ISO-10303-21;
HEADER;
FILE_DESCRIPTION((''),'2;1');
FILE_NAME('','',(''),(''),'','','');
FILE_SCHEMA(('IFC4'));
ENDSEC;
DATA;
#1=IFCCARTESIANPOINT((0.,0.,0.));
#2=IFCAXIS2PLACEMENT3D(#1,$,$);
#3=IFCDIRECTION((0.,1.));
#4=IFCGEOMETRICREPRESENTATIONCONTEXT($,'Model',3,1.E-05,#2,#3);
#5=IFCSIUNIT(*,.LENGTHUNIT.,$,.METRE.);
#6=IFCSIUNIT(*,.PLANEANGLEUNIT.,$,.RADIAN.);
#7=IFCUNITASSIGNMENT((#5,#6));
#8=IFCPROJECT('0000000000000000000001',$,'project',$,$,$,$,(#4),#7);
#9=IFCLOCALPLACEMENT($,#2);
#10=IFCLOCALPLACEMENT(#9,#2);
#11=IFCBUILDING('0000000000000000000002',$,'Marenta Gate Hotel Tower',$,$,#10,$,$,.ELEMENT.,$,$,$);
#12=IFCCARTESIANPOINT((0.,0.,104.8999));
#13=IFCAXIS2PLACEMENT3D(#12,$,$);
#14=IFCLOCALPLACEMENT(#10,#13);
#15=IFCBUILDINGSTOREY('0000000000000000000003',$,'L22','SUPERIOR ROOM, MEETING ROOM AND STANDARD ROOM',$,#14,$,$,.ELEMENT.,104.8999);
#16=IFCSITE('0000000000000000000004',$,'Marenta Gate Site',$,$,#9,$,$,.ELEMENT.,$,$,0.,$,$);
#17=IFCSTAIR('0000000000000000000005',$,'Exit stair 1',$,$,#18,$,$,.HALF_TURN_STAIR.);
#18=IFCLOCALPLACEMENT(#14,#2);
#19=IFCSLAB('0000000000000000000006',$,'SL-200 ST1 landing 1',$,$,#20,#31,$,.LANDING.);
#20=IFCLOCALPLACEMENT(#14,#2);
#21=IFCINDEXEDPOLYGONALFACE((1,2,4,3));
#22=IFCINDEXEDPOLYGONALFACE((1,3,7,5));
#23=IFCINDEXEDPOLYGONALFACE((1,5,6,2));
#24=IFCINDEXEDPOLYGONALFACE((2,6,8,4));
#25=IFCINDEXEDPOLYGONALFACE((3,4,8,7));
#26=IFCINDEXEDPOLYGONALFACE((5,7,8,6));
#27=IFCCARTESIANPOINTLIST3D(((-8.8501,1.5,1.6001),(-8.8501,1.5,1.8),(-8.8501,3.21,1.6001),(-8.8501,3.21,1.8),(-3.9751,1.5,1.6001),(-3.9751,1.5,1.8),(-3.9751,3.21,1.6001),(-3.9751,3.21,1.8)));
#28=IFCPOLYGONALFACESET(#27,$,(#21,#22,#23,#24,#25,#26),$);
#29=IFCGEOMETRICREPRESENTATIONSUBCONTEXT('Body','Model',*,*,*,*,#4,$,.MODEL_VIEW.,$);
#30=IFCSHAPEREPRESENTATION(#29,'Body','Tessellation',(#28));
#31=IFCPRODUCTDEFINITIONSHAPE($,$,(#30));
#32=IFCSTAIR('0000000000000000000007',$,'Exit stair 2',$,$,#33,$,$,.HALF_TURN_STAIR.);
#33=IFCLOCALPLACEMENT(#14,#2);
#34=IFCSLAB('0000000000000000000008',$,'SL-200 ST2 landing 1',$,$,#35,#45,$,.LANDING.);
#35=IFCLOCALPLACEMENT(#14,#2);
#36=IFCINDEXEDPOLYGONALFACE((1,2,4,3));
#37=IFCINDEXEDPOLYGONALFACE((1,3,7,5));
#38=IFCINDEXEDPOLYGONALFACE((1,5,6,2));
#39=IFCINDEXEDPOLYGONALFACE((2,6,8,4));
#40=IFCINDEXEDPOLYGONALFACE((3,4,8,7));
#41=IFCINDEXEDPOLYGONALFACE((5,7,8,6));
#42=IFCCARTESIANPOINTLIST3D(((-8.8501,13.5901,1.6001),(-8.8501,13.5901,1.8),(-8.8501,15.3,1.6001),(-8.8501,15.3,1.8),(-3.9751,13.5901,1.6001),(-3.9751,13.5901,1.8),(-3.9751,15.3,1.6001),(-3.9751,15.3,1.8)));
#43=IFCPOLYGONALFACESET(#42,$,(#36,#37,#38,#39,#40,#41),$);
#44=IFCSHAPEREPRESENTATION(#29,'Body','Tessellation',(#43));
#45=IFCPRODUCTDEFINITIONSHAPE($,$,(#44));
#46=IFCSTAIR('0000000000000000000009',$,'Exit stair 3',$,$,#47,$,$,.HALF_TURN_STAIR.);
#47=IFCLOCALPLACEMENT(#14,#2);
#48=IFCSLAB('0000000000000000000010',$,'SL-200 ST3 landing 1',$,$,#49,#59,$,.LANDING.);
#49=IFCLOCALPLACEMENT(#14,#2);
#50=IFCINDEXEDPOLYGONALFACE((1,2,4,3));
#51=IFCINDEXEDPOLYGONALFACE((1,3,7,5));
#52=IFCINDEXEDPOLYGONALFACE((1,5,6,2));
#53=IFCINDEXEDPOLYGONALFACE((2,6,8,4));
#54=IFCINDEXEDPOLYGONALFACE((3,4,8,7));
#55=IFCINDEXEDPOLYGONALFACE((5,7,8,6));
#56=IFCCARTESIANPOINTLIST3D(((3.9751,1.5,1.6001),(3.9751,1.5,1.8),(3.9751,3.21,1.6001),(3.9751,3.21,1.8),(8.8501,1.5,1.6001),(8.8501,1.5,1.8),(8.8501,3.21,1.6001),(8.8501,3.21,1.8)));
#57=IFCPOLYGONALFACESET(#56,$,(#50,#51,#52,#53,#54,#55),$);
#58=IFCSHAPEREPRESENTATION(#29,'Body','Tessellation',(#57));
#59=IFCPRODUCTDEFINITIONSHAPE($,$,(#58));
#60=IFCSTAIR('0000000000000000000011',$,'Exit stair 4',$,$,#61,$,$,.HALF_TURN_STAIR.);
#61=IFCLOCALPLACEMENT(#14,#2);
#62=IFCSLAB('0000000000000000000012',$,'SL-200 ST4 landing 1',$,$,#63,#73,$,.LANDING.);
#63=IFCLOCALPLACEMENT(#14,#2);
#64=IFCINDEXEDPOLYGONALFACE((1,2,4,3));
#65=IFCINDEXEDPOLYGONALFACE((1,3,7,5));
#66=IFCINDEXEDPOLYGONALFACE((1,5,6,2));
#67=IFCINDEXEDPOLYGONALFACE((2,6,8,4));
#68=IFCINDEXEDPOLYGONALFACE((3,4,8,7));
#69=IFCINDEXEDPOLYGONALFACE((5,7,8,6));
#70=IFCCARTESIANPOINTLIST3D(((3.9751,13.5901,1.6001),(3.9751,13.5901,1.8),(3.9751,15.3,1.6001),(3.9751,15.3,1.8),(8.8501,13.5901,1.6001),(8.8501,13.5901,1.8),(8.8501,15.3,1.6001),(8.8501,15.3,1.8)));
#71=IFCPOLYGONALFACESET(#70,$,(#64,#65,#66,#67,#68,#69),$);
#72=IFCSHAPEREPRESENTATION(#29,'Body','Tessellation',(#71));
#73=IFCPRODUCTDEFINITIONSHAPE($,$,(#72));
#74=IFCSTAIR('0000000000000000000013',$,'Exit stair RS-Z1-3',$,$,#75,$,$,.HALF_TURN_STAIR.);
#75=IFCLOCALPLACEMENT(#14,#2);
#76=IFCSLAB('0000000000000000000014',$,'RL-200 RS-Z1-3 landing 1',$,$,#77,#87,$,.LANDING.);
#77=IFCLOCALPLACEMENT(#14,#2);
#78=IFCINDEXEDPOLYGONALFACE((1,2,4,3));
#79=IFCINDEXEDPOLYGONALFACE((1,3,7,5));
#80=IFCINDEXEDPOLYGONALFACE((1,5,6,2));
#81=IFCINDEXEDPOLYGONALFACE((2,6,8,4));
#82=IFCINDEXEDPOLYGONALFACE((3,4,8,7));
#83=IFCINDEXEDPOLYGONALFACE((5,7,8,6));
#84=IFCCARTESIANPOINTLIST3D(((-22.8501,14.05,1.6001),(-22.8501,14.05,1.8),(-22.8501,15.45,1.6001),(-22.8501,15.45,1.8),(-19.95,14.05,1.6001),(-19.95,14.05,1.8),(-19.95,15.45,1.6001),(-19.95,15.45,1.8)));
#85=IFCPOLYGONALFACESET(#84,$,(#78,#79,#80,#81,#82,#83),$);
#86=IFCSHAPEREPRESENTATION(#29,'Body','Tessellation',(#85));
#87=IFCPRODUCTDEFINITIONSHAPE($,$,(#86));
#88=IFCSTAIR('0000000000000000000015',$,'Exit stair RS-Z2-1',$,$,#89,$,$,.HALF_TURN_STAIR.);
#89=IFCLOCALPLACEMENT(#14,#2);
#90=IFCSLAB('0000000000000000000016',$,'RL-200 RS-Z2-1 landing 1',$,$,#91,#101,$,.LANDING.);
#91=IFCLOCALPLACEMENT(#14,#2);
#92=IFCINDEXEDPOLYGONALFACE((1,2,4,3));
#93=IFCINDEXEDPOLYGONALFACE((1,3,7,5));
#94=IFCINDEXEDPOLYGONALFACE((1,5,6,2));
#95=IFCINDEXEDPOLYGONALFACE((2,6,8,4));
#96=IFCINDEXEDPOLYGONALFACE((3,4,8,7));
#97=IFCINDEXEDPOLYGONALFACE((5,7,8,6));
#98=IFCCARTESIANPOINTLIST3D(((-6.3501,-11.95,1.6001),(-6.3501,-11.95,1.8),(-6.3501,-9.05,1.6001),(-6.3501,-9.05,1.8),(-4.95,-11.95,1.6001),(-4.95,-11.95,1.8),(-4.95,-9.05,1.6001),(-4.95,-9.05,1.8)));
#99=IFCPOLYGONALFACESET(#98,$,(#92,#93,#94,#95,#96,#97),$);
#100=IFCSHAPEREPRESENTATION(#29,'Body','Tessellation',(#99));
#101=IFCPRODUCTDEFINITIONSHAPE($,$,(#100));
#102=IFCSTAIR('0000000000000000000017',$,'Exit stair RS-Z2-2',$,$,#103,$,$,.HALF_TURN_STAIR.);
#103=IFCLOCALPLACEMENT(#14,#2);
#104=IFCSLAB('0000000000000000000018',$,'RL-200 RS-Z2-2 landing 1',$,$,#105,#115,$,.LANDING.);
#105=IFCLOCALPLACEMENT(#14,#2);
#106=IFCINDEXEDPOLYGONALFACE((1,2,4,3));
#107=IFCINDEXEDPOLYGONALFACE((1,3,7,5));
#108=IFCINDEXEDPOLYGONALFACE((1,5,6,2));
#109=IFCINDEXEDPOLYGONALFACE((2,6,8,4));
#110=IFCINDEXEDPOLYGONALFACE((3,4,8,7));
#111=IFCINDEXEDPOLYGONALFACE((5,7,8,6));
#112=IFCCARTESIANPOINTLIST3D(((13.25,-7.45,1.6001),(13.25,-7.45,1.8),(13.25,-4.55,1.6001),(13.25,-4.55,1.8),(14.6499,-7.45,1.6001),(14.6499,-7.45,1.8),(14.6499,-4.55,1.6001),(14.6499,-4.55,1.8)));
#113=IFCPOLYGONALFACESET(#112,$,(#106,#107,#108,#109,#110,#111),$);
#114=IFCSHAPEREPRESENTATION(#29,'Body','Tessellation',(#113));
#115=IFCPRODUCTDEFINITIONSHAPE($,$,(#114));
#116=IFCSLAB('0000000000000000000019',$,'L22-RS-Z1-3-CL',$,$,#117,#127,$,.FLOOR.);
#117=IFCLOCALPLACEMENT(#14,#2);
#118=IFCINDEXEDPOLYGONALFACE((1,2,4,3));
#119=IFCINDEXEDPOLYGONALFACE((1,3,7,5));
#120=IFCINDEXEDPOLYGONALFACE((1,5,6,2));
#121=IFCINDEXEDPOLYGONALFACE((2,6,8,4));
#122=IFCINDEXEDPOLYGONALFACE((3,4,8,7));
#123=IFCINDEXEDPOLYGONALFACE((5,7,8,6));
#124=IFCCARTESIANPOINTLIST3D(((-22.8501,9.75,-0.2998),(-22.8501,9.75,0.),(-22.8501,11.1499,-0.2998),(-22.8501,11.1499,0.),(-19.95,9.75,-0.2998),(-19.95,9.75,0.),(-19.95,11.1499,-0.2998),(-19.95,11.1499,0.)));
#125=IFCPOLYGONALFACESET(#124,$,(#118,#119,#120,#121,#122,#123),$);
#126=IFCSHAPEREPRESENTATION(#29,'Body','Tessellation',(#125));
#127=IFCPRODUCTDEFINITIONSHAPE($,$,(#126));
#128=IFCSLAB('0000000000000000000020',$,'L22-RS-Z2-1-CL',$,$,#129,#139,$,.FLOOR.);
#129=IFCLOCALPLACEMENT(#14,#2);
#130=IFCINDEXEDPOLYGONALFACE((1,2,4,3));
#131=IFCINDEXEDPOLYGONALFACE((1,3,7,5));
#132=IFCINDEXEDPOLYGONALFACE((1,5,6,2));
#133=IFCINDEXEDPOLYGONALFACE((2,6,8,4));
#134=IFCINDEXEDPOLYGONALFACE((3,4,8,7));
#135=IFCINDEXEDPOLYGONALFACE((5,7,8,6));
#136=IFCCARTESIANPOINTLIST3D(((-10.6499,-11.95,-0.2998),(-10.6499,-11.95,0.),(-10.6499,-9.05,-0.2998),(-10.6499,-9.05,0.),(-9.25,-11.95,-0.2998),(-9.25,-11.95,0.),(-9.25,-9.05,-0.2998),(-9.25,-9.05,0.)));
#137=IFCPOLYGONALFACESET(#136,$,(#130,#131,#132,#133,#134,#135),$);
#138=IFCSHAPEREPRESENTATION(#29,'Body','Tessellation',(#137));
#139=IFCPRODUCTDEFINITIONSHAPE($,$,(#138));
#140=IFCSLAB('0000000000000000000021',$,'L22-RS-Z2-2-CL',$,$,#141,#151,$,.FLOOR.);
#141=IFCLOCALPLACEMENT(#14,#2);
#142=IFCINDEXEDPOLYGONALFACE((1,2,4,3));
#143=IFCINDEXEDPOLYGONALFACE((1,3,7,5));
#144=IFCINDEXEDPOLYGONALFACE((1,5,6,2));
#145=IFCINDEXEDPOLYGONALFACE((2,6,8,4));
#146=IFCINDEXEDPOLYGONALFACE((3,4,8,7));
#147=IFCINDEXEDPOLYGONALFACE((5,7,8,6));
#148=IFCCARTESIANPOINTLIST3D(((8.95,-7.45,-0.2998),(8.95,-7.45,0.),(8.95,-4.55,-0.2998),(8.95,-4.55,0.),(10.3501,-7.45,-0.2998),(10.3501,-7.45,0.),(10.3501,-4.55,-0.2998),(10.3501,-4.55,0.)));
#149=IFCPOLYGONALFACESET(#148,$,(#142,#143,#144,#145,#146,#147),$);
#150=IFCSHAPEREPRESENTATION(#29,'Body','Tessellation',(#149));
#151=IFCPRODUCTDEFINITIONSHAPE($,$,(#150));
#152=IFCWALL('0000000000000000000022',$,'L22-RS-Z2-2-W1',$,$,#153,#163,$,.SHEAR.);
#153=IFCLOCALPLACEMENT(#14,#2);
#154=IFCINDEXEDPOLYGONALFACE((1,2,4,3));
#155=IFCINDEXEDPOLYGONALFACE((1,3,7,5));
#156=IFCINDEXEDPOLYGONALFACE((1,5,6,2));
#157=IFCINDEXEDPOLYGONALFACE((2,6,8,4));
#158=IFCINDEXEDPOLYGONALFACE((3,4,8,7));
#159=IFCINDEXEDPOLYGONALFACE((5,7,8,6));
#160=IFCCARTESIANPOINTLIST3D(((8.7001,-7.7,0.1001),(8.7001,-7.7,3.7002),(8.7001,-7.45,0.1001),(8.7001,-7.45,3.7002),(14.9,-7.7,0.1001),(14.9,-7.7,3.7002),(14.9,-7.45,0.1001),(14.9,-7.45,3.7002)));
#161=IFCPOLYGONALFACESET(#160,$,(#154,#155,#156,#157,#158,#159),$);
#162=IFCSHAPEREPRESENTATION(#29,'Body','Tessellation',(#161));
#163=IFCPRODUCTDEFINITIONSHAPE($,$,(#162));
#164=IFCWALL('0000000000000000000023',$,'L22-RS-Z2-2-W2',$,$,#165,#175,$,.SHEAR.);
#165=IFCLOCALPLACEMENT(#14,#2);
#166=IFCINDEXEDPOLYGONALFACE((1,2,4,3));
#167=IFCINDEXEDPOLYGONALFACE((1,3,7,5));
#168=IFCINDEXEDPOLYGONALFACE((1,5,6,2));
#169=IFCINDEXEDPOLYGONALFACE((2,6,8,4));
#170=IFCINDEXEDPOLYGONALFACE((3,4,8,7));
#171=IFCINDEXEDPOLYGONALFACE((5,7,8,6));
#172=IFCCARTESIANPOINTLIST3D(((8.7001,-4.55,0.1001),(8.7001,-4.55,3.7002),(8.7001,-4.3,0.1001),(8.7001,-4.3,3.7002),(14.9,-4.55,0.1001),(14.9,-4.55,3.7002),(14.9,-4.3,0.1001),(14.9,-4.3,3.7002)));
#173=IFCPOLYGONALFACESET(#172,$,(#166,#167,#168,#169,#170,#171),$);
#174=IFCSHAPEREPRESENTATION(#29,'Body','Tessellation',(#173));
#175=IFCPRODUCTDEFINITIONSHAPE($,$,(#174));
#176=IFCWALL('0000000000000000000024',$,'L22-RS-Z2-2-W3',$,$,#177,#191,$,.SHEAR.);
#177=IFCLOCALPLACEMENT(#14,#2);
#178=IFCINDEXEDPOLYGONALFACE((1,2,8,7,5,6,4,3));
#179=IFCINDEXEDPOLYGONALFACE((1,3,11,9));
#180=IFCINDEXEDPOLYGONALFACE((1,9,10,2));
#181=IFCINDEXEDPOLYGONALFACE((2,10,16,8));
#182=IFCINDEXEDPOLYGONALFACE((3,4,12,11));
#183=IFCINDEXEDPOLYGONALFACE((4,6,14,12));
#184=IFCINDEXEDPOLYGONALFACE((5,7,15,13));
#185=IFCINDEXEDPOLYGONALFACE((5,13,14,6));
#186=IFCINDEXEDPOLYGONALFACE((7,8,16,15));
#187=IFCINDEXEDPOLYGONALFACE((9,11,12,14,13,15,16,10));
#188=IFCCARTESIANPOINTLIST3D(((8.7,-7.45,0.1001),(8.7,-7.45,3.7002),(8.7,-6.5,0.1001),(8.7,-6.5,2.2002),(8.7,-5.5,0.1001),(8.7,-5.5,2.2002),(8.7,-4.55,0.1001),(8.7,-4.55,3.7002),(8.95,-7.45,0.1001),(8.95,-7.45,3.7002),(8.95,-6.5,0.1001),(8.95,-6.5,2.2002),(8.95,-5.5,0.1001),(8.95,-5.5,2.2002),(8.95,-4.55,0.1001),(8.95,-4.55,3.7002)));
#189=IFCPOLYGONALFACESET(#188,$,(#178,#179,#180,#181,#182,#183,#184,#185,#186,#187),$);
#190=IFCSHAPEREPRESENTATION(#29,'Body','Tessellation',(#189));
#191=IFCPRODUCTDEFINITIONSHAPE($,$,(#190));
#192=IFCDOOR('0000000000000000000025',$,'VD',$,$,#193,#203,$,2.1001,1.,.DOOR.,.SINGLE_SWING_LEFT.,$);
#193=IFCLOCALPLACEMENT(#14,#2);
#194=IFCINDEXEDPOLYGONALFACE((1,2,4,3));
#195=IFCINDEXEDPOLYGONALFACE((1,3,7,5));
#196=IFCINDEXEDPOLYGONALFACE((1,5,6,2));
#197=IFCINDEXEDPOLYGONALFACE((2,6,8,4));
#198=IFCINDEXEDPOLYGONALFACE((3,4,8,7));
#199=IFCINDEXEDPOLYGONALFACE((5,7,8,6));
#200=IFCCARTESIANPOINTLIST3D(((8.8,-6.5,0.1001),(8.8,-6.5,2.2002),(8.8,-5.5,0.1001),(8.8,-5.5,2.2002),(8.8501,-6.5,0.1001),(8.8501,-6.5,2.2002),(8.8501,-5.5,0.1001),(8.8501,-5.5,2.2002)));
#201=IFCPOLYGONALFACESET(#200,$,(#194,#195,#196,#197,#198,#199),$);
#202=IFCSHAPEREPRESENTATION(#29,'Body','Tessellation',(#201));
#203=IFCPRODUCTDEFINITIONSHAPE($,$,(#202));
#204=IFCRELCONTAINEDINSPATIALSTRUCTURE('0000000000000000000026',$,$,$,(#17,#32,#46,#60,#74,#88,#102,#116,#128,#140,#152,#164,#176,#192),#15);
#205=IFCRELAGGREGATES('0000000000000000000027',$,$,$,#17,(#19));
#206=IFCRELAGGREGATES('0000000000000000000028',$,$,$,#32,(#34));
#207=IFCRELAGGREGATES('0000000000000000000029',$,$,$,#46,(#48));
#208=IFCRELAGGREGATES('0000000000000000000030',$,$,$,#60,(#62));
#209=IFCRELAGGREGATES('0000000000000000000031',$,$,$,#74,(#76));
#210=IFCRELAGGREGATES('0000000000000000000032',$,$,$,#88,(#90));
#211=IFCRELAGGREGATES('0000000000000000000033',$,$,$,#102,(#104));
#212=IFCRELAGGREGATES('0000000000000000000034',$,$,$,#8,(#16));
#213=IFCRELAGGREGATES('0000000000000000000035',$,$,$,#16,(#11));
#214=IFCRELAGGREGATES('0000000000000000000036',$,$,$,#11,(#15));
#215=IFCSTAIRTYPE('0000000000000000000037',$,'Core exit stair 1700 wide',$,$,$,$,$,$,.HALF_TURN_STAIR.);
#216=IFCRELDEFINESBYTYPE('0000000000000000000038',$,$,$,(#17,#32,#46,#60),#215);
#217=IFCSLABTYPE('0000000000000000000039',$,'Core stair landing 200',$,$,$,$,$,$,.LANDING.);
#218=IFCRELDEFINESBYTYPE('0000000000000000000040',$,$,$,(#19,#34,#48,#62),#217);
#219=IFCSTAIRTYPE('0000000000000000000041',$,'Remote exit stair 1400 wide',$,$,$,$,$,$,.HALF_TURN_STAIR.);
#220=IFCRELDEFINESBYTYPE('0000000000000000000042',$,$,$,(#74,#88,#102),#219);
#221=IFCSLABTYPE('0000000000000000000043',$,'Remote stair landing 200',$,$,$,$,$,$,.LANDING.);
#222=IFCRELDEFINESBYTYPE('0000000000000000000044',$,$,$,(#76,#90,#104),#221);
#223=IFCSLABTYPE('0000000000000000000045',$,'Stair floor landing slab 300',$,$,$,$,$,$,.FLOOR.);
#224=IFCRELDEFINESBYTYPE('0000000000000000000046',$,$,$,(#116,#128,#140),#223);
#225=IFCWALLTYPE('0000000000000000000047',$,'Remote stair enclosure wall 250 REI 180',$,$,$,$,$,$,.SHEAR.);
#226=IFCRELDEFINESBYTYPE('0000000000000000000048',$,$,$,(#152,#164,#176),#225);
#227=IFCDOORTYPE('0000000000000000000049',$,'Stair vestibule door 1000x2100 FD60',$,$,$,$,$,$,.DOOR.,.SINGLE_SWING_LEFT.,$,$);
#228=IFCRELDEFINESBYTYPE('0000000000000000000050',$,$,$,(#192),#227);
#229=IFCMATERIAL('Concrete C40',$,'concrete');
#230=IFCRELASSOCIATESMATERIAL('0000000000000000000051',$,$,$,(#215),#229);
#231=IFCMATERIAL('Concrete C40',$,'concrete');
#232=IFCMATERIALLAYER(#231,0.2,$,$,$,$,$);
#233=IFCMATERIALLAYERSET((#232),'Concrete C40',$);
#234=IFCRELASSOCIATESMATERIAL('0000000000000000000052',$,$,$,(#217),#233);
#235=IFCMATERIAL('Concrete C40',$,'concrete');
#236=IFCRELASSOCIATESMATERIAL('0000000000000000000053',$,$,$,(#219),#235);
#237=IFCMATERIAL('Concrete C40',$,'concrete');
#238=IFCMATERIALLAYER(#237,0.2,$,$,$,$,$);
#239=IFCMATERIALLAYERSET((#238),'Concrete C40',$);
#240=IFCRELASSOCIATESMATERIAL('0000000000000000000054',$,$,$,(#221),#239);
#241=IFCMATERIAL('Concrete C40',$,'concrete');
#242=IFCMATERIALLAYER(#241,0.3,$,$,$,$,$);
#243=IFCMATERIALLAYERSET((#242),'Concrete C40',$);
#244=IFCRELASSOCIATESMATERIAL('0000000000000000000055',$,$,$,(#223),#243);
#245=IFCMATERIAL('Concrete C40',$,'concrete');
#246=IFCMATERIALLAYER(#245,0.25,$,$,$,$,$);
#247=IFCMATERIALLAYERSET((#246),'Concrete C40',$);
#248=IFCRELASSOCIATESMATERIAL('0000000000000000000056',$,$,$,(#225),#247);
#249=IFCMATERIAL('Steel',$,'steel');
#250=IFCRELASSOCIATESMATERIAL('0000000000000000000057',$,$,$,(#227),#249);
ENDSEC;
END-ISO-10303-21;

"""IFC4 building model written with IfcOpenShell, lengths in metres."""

from ifc_helpers import new_model, si_unit, direction, frame, frame_2d, origin, place, context, subcontext, project, spatial, polyline, rectangle, outline, extrude, material, layer, layer_set, type_object, element, fill, aggregate, save


model = new_model("IFC4")

# Units and contexts
model_context = context("Model", 3, precision=1e-05, world=origin(), true_north=direction((0.0, 1.0)))
body_context = subcontext(model_context, "Body", "Model", "MODEL_VIEW")
ifc_project = project(units=[si_unit("LENGTHUNIT", "METRE"), si_unit("PLANEANGLEUNIT", "RADIAN")], contexts=[model_context])

# Site, building, storey
site_placement = place(None, origin())
site = spatial("IfcSite", under=ifc_project, at=site_placement, Name="Marenta Gate Site", CompositionType="ELEMENT", RefElevation=0.0)
building_placement = place(site_placement, origin())
building = spatial("IfcBuilding", under=site, at=building_placement, Name="Marenta Gate Hotel Tower", CompositionType="ELEMENT")
storey_placement = place(building_placement, frame((0.0, 0.0, 104.8999)))
storey = spatial("IfcBuildingStorey", under=building, at=storey_placement, Name="L22", Description="SUPERIOR ROOM, MEETING ROOM AND STANDARD ROOM", CompositionType="ELEMENT", Elevation=104.8999)

# Stairs, slabs
ifc_material_1 = material(Name="Concrete C40", Category="concrete")
stair_type_1 = type_object("IfcStairType", Name="Core exit stair 1700 wide", PredefinedType="HALF_TURN_STAIR", material=ifc_material_1)
stair_1_placement = place(storey_placement, origin())
stair_1 = element("IfcStair", 1, at=stair_1_placement, inside=storey, type_object=stair_type_1, Name="Exit stair 1", PredefinedType="HALF_TURN_STAIR")
ifc_material_2 = material(Name="Concrete C40", Category="concrete")
ifc_layer_1 = layer(ifc_material_2, 0.2)
ifc_layer_set_1 = layer_set([ifc_layer_1], Name="Concrete C40")
slab_type_1 = type_object("IfcSlabType", Name="Core stair landing 200", PredefinedType="LANDING", material=ifc_layer_set_1)
slab_1_placement = place(storey_placement, frame((0.0, 0.0, 1.6001)))
slab_1 = element("IfcSlab", 2, at=slab_1_placement, type_object=slab_type_1, Name="SL-200 ST1 landing 1", PredefinedType="LANDING", context=body_context, shape_type="SweptSolid", body=[
    extrude(outline(polyline([(-8.8501, 1.5), (-3.9751, 1.5), (-3.9751, 3.21), (-8.8501, 3.21), (-8.8501, 1.5)])), origin(), (0.0, 0.0, 1.0), 0.2),
])
aggregate(stair_1, [slab_1])
stair_2_placement = place(storey_placement, origin())
stair_2 = element("IfcStair", 3, at=stair_2_placement, inside=storey, type_object=stair_type_1, Name="Exit stair 2", PredefinedType="HALF_TURN_STAIR")
slab_2_placement = place(storey_placement, frame((0.0, 0.0, 1.6001)))
slab_2 = element("IfcSlab", 4, at=slab_2_placement, type_object=slab_type_1, Name="SL-200 ST2 landing 1", PredefinedType="LANDING", context=body_context, shape_type="SweptSolid", body=[
    extrude(outline(polyline([(-8.8501, 13.5901), (-3.9751, 13.5901), (-3.9751, 15.3), (-8.8501, 15.3), (-8.8501, 13.5901)])), origin(), (0.0, 0.0, 1.0), 0.2),
])
aggregate(stair_2, [slab_2])
stair_3_placement = place(storey_placement, origin())
stair_3 = element("IfcStair", 5, at=stair_3_placement, inside=storey, type_object=stair_type_1, Name="Exit stair 3", PredefinedType="HALF_TURN_STAIR")
slab_3_placement = place(storey_placement, frame((0.0, 0.0, 1.6001)))
slab_3 = element("IfcSlab", 6, at=slab_3_placement, type_object=slab_type_1, Name="SL-200 ST3 landing 1", PredefinedType="LANDING", context=body_context, shape_type="SweptSolid", body=[
    extrude(outline(polyline([(3.9751, 1.5), (8.8501, 1.5), (8.8501, 3.21), (3.9751, 3.21), (3.9751, 1.5)])), origin(), (0.0, 0.0, 1.0), 0.2),
])
aggregate(stair_3, [slab_3])
stair_4_placement = place(storey_placement, origin())
stair_4 = element("IfcStair", 7, at=stair_4_placement, inside=storey, type_object=stair_type_1, Name="Exit stair 4", PredefinedType="HALF_TURN_STAIR")
slab_4_placement = place(storey_placement, frame((0.0, 0.0, 1.6001)))
slab_4 = element("IfcSlab", 8, at=slab_4_placement, type_object=slab_type_1, Name="SL-200 ST4 landing 1", PredefinedType="LANDING", context=body_context, shape_type="SweptSolid", body=[
    extrude(outline(polyline([(3.9751, 13.5901), (8.8501, 13.5901), (8.8501, 15.3), (3.9751, 15.3), (3.9751, 13.5901)])), origin(), (0.0, 0.0, 1.0), 0.2),
])
aggregate(stair_4, [slab_4])
ifc_material_3 = material(Name="Concrete C40", Category="concrete")
stair_type_2 = type_object("IfcStairType", Name="Remote exit stair 1400 wide", PredefinedType="HALF_TURN_STAIR", material=ifc_material_3)
stair_5_placement = place(storey_placement, origin())
stair_5 = element("IfcStair", 9, at=stair_5_placement, inside=storey, type_object=stair_type_2, Name="Exit stair RS-Z1-3", PredefinedType="HALF_TURN_STAIR")
ifc_material_4 = material(Name="Concrete C40", Category="concrete")
ifc_layer_2 = layer(ifc_material_4, 0.2)
ifc_layer_set_2 = layer_set([ifc_layer_2], Name="Concrete C40")
slab_type_2 = type_object("IfcSlabType", Name="Remote stair landing 200", PredefinedType="LANDING", material=ifc_layer_set_2)
slab_5_placement = place(storey_placement, frame((0.0, 0.0, 1.6001)))
slab_5 = element("IfcSlab", 10, at=slab_5_placement, type_object=slab_type_2, Name="RL-200 RS-Z1-3 landing 1", PredefinedType="LANDING", context=body_context, shape_type="SweptSolid", body=[
    extrude(outline(polyline([(-22.8501, 14.05), (-19.95, 14.05), (-19.95, 15.45), (-22.8501, 15.45), (-22.8501, 14.05)])), origin(), (0.0, 0.0, 1.0), 0.2),
])
aggregate(stair_5, [slab_5])
stair_6_placement = place(storey_placement, origin())
stair_6 = element("IfcStair", 11, at=stair_6_placement, inside=storey, type_object=stair_type_2, Name="Exit stair RS-Z2-1", PredefinedType="HALF_TURN_STAIR")
slab_6_placement = place(storey_placement, frame((0.0, 0.0, 1.6001)))
slab_6 = element("IfcSlab", 12, at=slab_6_placement, type_object=slab_type_2, Name="RL-200 RS-Z2-1 landing 1", PredefinedType="LANDING", context=body_context, shape_type="SweptSolid", body=[
    extrude(outline(polyline([(-6.3501, -11.95), (-4.95, -11.95), (-4.95, -9.05), (-6.3501, -9.05), (-6.3501, -11.95)])), origin(), (0.0, 0.0, 1.0), 0.2),
])
aggregate(stair_6, [slab_6])
stair_7_placement = place(storey_placement, origin())
stair_7 = element("IfcStair", 13, at=stair_7_placement, inside=storey, type_object=stair_type_2, Name="Exit stair RS-Z2-2", PredefinedType="HALF_TURN_STAIR")
slab_7_placement = place(storey_placement, frame((0.0, 0.0, 1.6001)))
slab_7 = element("IfcSlab", 14, at=slab_7_placement, type_object=slab_type_2, Name="RL-200 RS-Z2-2 landing 1", PredefinedType="LANDING", context=body_context, shape_type="SweptSolid", body=[
    extrude(outline(polyline([(13.25, -7.45), (14.6499, -7.45), (14.6499, -4.55), (13.25, -4.55), (13.25, -7.45)])), origin(), (0.0, 0.0, 1.0), 0.2),
])

# Slabs
ifc_material_5 = material(Name="Concrete C40", Category="concrete")
ifc_layer_3 = layer(ifc_material_5, 0.3)
ifc_layer_set_3 = layer_set([ifc_layer_3], Name="Concrete C40")
slab_type_3 = type_object("IfcSlabType", Name="Stair floor landing slab 300", PredefinedType="FLOOR", material=ifc_layer_set_3)
slab_8_placement = place(storey_placement, frame((0.0, 0.0, -0.2998)))
element("IfcSlab", 15, at=slab_8_placement, inside=storey, type_object=slab_type_3, Name="L22-RS-Z1-3-CL", PredefinedType="FLOOR", context=body_context, shape_type="SweptSolid", body=[
    extrude(outline(polyline([(-19.95, 9.75), (-19.95, 11.1499), (-22.8501, 11.1499), (-22.8501, 9.75), (-19.95, 9.75)])), origin(), (0.0, 0.0, 1.0), 0.2998),
])
slab_9_placement = place(storey_placement, frame((0.0, 0.0, -0.2998)))
element("IfcSlab", 16, at=slab_9_placement, inside=storey, type_object=slab_type_3, Name="L22-RS-Z2-1-CL", PredefinedType="FLOOR", context=body_context, shape_type="SweptSolid", body=[
    extrude(outline(polyline([(-9.25, -11.95), (-9.25, -9.05), (-10.6499, -9.05), (-10.6499, -11.95), (-9.25, -11.95)])), origin(), (0.0, 0.0, 1.0), 0.2998),
])
slab_10_placement = place(storey_placement, frame((0.0, 0.0, -0.2998)))
element("IfcSlab", 17, at=slab_10_placement, inside=storey, type_object=slab_type_3, Name="L22-RS-Z2-2-CL", PredefinedType="FLOOR", context=body_context, shape_type="SweptSolid", body=[
    extrude(outline(polyline([(10.3501, -7.45), (10.3501, -4.55), (8.95, -4.55), (8.95, -7.45), (10.3501, -7.45)])), origin(), (0.0, 0.0, 1.0), 0.2998),
])

# Walls
ifc_material_6 = material(Name="Concrete C40", Category="concrete")
ifc_layer_4 = layer(ifc_material_6, 0.25)
ifc_layer_set_4 = layer_set([ifc_layer_4], Name="Concrete C40")
wall_type_1 = type_object("IfcWallType", Name="Remote stair enclosure wall 250 REI 180", PredefinedType="SHEAR", material=ifc_layer_set_4)
for number, where, z_axis, x_axis, name in (
    (18, (8.7, -7.575, 0.1001), (0.0, 0.0, 1.0), (1.0, 0.0, 0.0), "L22-RS-Z2-2-W1"),
    (19, (8.7, -4.425, 0.1001), (0.0, 0.0, 1.0), (1.0, 0.0, 0.0), "L22-RS-Z2-2-W2"),
):
    element("IfcWall", number, at=place(storey_placement, frame(where, z_axis=z_axis, x_axis=x_axis)), inside=storey, type_object=wall_type_1, Name=name, PredefinedType="SHEAR", context=body_context, shape_type="SweptSolid", body=[
        extrude(rectangle(XDim=6.2, YDim=0.25, at=frame_2d((3.1001, 0.0))), origin(), (0.0, 0.0, 1.0), 3.6001),
    ])

# Wall, opening, door
wall_1_placement = place(storey_placement, frame((8.825, -7.45, 0.1001), z_axis=(0.0, 0.0, 1.0), x_axis=(0.0, 1.0, 0.0)))
wall_1 = element("IfcWall", 20, at=wall_1_placement, inside=storey, type_object=wall_type_1, Name="L22-RS-Z2-2-W3", PredefinedType="SHEAR", context=body_context, shape_type="SweptSolid", body=[
    extrude(rectangle(XDim=2.8999, YDim=0.25, at=frame_2d((1.45, 0.0))), origin(), (0.0, 0.0, 1.0), 3.6001),
])
opening_1_placement = place(wall_1_placement, frame((0.95, 0.0, 0.0)))
opening_1 = element("IfcOpeningElement", 21, at=opening_1_placement, cuts=wall_1, PredefinedType="OPENING", context=body_context, shape_type="SweptSolid", body=[
    extrude(rectangle(XDim=1.0, YDim=2.1001, at=frame_2d((0.5, 1.05))), frame((0.0, 0.125, 0.0), z_axis=(0.0, -1.0, 0.0), x_axis=(1.0, 0.0, 0.0)), (0.0, 0.0, 1.0), 0.25),
])
ifc_material_7 = material(Name="Steel", Category="steel")
door_type_1 = type_object("IfcDoorType", Name="Stair vestibule door 1000x2100 FD60", OperationType="SINGLE_SWING_LEFT", PredefinedType="DOOR", material=ifc_material_7)
door_1_placement = place(opening_1_placement, origin())
door_1 = element("IfcDoor", 22, at=door_1_placement, inside=storey, type_object=door_type_1, Name="VD", OperationType="SINGLE_SWING_LEFT", OverallHeight=2.1001, OverallWidth=1.0, PredefinedType="DOOR", context=body_context, shape_type="SweptSolid", body=[
    extrude(rectangle(XDim=1.0, YDim=2.1001, at=frame_2d((0.5, 1.05))), frame((0.0, 0.0249, 0.0), z_axis=(0.0, -1.0, 0.0), x_axis=(1.0, 0.0, 0.0)), (0.0, 0.0, 1.0), 0.05),
])
fill(opening_1, door_1)

aggregate(stair_7, [slab_7])

save(model, "model.ifc")
